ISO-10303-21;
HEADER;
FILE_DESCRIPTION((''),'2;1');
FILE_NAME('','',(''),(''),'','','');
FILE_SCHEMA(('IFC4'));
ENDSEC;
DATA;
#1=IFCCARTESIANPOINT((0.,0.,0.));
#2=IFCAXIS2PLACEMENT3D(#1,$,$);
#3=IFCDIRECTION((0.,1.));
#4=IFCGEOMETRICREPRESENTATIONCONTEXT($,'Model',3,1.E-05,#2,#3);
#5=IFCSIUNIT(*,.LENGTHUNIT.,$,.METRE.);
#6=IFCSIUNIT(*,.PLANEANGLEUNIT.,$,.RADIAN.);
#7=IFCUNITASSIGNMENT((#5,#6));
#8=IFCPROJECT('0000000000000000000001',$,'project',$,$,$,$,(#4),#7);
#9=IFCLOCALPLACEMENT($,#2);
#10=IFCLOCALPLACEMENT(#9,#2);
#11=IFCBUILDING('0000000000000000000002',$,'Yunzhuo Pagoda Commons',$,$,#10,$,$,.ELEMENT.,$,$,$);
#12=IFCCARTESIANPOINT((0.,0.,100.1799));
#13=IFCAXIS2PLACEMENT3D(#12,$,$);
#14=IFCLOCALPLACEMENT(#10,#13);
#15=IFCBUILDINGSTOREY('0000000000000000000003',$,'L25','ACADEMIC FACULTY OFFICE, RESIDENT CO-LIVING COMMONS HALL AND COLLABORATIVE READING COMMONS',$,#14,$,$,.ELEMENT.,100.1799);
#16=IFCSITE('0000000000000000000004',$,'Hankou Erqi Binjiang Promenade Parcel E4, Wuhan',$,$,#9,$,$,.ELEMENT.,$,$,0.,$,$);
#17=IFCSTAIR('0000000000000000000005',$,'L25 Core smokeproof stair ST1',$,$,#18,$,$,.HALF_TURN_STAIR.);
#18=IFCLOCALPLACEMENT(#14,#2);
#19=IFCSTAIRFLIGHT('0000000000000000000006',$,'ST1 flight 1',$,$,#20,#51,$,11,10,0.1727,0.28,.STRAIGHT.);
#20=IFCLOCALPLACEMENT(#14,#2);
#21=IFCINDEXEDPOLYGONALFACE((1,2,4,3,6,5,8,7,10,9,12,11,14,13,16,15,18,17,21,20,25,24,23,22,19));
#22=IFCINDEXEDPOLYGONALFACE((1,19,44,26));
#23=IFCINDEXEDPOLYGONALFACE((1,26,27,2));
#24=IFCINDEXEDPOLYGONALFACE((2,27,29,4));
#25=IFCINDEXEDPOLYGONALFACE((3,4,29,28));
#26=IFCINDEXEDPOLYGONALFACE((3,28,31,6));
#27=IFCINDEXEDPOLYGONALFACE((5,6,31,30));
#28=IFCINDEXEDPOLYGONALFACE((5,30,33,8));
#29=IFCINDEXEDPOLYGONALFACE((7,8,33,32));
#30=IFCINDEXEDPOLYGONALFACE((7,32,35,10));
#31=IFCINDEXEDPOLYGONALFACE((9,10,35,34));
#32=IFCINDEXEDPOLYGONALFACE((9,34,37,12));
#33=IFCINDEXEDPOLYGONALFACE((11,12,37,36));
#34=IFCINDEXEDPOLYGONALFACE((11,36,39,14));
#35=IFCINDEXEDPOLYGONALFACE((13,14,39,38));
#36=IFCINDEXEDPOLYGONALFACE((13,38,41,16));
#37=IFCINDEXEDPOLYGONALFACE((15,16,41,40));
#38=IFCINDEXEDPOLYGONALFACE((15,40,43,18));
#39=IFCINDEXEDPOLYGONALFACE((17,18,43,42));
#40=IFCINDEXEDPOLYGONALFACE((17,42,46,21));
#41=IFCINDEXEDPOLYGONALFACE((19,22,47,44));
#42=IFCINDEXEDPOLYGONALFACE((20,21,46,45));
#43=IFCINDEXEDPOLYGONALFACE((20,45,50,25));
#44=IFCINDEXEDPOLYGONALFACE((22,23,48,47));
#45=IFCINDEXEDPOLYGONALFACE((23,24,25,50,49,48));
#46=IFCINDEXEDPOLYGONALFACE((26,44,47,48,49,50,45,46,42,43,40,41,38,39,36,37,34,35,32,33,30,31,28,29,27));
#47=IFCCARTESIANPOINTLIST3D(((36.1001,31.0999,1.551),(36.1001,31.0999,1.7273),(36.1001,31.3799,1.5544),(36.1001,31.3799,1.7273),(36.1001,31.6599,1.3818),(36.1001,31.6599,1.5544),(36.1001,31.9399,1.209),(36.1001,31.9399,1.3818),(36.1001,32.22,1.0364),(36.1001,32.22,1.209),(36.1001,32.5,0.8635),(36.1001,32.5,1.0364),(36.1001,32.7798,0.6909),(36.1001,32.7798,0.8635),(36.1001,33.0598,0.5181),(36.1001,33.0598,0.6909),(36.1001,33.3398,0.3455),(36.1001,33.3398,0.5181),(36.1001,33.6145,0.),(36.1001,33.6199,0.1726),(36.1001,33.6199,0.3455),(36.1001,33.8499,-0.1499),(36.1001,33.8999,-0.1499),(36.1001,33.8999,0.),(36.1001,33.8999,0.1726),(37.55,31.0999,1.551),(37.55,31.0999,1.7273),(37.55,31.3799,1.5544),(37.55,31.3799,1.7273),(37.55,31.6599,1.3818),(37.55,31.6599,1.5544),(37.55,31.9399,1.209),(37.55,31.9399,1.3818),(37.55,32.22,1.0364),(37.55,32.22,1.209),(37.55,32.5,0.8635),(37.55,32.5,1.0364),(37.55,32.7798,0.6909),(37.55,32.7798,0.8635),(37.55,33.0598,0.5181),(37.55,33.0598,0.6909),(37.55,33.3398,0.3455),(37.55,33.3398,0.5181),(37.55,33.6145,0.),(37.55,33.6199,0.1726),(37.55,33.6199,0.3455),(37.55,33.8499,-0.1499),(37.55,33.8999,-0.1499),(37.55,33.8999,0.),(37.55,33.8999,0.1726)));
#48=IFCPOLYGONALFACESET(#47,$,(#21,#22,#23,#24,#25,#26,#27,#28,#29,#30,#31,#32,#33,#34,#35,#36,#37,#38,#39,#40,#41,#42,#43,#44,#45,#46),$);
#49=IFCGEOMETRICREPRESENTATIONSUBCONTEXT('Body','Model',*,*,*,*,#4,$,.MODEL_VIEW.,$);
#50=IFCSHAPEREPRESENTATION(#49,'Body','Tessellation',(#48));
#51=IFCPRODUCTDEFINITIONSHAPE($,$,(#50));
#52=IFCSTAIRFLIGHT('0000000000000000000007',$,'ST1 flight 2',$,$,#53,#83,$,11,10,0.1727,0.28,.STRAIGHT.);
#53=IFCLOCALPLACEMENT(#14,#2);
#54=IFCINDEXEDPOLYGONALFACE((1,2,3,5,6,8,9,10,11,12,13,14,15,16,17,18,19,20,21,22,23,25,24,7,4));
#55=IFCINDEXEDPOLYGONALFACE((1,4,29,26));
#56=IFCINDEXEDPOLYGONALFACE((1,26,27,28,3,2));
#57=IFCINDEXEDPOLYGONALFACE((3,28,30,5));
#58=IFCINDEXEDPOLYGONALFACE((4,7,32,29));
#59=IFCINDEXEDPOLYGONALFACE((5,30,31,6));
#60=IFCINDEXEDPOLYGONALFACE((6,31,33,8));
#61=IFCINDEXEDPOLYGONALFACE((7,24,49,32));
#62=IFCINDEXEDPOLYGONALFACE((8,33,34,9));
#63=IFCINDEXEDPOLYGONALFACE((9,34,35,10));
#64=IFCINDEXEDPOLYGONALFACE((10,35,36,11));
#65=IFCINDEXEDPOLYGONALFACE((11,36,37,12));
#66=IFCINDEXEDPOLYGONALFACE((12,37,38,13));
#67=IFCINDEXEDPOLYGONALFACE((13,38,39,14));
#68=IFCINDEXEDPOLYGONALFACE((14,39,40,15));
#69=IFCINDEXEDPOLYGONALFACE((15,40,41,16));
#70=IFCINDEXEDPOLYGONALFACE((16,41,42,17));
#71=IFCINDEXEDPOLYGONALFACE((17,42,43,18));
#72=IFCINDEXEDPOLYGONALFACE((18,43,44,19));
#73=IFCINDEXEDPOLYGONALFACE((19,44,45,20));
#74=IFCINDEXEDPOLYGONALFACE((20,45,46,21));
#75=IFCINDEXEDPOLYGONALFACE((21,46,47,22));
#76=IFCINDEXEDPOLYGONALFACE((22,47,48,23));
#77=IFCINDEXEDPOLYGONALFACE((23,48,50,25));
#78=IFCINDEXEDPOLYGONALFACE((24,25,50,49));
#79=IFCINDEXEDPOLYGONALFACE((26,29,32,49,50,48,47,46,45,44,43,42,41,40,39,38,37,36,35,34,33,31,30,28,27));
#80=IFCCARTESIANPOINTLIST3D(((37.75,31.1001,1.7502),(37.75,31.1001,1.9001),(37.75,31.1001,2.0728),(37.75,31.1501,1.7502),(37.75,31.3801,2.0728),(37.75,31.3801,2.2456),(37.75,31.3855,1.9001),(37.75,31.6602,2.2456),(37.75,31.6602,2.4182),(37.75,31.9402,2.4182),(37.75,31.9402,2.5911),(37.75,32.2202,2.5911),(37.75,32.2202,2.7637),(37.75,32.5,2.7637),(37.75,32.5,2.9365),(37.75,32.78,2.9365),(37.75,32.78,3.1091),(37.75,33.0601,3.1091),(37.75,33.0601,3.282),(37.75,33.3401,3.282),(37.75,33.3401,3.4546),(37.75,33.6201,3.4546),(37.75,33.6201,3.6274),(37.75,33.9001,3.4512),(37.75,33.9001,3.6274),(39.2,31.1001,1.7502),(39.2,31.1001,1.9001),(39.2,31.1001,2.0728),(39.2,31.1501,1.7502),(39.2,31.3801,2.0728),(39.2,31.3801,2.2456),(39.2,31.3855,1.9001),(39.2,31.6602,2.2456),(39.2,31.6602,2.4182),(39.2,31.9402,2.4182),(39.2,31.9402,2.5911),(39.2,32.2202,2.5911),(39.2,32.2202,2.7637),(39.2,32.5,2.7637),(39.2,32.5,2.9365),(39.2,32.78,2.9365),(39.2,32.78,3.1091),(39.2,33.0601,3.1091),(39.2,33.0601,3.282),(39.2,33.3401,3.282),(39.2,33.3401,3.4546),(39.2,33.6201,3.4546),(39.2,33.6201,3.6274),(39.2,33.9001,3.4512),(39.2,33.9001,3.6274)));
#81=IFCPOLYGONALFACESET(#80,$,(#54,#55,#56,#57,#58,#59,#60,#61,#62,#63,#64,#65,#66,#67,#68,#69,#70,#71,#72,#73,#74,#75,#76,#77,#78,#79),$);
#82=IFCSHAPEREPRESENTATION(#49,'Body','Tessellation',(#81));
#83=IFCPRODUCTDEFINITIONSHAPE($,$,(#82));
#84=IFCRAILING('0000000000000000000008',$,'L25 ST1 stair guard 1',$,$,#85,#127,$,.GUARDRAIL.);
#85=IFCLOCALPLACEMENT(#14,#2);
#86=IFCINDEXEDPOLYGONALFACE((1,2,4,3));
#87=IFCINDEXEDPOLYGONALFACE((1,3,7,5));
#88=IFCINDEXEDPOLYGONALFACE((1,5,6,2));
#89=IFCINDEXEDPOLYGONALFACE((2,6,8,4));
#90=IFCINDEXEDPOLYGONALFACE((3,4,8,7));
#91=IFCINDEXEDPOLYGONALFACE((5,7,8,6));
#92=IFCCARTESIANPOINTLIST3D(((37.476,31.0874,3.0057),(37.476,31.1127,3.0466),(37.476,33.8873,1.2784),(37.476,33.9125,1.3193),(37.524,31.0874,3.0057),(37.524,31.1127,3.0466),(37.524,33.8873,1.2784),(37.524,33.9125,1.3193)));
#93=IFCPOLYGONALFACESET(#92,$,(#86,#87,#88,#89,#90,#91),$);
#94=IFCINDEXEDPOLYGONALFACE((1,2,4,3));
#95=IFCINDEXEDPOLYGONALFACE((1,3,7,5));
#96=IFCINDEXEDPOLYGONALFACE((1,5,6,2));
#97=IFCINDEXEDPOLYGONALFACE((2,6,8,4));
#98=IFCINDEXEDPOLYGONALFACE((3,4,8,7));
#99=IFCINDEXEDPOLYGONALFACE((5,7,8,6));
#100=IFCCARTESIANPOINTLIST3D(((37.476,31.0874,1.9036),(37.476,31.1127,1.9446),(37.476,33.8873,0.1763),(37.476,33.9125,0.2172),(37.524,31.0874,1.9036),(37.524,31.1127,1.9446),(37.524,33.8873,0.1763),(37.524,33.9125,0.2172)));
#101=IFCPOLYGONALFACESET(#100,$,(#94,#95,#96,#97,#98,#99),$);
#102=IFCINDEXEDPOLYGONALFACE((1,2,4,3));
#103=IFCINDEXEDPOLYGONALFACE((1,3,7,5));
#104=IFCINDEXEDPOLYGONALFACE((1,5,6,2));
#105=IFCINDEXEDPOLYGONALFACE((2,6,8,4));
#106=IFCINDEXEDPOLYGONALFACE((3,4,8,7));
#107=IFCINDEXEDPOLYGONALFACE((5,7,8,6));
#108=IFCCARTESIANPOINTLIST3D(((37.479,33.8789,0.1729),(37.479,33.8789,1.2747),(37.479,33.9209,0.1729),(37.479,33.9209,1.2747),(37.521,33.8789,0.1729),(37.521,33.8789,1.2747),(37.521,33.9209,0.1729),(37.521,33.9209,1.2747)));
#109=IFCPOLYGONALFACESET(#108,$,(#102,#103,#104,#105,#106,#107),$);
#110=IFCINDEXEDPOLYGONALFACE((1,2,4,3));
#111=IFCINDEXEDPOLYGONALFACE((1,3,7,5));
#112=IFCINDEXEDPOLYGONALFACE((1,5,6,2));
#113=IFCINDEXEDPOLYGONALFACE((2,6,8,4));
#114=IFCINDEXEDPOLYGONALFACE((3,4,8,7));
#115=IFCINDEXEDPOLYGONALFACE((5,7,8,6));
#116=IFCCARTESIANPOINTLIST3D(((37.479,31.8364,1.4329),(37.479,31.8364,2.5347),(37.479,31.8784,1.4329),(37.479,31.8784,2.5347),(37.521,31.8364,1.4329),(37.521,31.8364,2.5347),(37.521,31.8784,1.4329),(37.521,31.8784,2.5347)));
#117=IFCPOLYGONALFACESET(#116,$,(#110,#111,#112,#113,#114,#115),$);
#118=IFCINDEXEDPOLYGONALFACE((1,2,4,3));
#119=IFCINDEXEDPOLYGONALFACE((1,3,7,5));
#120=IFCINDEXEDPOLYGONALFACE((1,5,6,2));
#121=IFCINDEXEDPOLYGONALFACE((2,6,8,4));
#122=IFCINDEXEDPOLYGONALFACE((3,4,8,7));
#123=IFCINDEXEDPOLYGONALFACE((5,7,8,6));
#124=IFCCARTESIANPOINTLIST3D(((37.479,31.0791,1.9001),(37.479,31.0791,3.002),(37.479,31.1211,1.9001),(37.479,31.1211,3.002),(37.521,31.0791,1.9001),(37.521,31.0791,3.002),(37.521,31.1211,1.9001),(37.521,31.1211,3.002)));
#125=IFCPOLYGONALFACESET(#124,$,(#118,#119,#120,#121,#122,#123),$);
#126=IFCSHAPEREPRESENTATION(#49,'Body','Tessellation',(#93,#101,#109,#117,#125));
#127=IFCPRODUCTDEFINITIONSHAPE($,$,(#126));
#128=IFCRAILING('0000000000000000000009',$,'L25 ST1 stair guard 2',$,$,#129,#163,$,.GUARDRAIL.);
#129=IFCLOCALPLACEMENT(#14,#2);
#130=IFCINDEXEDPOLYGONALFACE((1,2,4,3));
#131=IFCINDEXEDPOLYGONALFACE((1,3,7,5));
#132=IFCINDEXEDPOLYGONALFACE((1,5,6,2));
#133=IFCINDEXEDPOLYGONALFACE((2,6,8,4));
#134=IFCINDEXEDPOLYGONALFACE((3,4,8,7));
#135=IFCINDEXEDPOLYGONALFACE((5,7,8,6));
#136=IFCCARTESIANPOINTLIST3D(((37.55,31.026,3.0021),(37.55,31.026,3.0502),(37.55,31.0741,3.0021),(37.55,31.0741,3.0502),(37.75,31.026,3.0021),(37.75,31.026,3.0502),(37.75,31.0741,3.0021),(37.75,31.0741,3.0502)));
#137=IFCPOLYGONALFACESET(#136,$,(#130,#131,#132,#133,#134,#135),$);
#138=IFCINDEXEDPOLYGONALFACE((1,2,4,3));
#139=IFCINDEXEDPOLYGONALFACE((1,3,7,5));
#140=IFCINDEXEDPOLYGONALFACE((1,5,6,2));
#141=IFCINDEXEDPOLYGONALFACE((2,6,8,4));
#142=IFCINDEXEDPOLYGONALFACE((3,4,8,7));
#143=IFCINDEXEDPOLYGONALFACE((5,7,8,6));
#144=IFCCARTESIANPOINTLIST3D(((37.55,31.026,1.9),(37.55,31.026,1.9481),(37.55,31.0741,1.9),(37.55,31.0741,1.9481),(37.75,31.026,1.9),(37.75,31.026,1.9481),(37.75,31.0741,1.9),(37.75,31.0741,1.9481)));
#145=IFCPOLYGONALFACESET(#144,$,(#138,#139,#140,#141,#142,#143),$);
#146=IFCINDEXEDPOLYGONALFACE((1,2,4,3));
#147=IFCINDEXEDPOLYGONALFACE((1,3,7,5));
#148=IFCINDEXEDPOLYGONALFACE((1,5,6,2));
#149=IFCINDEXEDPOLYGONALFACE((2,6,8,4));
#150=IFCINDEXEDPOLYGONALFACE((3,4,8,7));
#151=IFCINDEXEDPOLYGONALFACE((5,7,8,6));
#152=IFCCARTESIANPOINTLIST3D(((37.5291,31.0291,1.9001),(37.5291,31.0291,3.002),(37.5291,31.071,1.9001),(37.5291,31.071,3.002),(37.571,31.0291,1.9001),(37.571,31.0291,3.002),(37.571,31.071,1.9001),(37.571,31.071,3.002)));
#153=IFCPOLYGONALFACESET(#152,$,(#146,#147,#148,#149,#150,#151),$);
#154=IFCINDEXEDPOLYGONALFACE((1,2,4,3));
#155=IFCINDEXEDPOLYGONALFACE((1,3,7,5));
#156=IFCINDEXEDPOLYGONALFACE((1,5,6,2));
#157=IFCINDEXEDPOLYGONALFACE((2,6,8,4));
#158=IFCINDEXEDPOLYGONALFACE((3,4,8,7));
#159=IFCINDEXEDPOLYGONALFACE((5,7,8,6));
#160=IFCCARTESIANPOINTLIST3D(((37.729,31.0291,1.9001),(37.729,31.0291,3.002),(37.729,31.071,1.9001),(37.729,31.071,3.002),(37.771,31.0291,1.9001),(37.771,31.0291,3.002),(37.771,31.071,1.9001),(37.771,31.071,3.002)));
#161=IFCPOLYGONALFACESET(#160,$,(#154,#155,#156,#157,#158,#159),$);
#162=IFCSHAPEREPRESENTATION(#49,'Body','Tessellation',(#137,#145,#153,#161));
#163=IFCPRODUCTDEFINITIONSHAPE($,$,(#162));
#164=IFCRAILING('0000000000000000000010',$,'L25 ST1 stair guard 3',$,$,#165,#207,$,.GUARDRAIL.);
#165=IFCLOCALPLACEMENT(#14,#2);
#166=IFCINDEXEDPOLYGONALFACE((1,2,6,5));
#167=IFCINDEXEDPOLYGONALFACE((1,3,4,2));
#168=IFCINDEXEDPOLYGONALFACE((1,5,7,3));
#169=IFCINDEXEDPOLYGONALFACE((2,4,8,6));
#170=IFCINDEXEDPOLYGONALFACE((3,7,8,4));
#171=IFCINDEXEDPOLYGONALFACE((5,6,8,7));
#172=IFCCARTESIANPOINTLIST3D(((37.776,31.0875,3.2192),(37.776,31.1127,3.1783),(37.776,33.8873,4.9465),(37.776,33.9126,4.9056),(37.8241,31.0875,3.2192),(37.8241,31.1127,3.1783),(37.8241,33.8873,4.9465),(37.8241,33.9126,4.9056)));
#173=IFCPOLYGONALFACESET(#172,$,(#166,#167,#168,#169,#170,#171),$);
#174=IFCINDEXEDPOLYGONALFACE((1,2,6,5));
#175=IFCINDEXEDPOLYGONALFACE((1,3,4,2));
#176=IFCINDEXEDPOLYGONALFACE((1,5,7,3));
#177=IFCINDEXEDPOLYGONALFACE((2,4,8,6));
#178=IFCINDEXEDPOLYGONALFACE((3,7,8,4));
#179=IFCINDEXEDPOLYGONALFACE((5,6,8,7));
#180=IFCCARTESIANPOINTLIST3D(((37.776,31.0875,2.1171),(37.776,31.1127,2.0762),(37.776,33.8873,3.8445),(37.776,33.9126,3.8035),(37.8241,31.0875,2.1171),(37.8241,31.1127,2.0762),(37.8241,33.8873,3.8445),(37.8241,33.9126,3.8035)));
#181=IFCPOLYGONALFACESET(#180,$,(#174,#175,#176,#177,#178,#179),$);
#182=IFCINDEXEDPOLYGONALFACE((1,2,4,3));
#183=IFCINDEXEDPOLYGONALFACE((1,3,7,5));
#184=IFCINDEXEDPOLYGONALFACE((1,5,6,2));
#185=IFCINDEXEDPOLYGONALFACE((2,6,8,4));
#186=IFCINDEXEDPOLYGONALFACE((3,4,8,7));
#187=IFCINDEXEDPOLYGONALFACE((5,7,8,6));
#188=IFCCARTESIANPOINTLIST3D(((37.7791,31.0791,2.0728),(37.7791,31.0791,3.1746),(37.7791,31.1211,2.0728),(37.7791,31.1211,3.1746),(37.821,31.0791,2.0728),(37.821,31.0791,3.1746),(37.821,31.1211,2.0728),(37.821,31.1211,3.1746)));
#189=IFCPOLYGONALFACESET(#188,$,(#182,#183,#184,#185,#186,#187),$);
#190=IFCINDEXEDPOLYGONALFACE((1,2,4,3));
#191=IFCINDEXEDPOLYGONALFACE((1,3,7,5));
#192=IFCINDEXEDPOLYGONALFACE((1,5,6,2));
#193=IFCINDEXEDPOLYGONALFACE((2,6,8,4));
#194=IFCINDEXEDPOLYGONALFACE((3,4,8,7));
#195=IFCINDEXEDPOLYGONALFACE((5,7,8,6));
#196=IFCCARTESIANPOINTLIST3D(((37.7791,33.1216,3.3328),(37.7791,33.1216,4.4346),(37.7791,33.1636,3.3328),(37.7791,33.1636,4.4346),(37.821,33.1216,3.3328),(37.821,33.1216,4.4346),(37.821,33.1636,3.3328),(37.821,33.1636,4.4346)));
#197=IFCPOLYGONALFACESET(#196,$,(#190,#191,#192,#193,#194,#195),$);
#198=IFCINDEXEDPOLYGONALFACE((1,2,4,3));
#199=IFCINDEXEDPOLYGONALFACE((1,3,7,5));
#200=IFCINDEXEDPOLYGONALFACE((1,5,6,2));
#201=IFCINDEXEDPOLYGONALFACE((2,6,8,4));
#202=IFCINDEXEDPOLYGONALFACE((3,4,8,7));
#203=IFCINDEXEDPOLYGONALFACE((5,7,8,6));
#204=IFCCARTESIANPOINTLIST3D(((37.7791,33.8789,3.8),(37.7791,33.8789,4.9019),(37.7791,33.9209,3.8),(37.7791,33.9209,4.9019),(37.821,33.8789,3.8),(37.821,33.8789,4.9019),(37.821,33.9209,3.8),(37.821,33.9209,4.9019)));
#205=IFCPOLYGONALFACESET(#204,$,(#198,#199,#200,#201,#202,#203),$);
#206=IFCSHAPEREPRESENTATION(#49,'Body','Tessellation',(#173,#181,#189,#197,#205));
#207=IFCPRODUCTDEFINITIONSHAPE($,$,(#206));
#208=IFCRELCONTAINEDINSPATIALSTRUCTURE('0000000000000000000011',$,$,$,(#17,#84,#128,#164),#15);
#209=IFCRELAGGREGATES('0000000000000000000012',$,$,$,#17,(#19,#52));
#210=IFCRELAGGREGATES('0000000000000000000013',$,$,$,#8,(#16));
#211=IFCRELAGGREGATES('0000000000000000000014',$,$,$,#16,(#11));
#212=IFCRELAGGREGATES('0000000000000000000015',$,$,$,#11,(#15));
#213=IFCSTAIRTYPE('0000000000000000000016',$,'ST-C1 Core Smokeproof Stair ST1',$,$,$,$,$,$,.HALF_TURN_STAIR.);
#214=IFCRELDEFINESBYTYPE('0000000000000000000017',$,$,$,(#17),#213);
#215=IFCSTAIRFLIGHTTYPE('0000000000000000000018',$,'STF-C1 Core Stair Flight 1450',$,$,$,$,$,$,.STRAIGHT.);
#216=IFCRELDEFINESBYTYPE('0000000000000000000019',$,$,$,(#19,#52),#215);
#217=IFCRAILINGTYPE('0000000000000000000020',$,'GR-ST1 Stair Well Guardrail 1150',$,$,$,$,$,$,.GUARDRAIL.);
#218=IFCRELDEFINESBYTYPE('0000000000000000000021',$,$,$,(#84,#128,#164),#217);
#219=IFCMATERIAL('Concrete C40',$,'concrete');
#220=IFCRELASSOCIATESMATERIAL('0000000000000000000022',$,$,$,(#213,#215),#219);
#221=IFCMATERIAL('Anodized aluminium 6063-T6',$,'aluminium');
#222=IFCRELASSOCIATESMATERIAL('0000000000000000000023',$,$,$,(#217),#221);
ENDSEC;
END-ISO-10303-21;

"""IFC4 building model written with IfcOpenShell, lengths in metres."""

from ifc_helpers import new_model, si_unit, direction, frame, origin, origin_2d, place, context, subcontext, project, spatial, polyline, rectangle, outline, extrude, source, transform, mapped, material, type_object, element, aggregate, save


model = new_model("IFC4")

# Units and contexts
model_context = context("Model", 3, precision=1e-05, world=origin(), true_north=direction((0.0, 1.0)))
body_context = subcontext(model_context, "Body", "Model", "MODEL_VIEW")
ifc_project = project(units=[si_unit("LENGTHUNIT", "METRE"), si_unit("PLANEANGLEUNIT", "RADIAN")], contexts=[model_context])

# Site, building, storey
site_placement = place(None, origin())
site = spatial("IfcSite", under=ifc_project, at=site_placement, Name="Hankou Erqi Binjiang Promenade Parcel E4, Wuhan", CompositionType="ELEMENT", RefElevation=0.0)
building_placement = place(site_placement, origin())
building = spatial("IfcBuilding", under=site, at=building_placement, Name="Yunzhuo Pagoda Commons", CompositionType="ELEMENT")
storey_placement = place(building_placement, frame((0.0, 0.0, 100.1799)))
storey = spatial("IfcBuildingStorey", under=building, at=storey_placement, Name="L25", Description="ACADEMIC FACULTY OFFICE, RESIDENT CO-LIVING COMMONS HALL AND COLLABORATIVE READING COMMONS", CompositionType="ELEMENT", Elevation=100.1799)

# Shared definitions
ifc_material_1 = material(Name="Concrete C40", Category="concrete")

# Stair, stair flights
stair_type = type_object("IfcStairType", Name="ST-C1 Core Smokeproof Stair ST1", PredefinedType="HALF_TURN_STAIR", material=ifc_material_1)
stair_placement = place(storey_placement, origin())
stair = element("IfcStair", 1, at=stair_placement, inside=storey, type_object=stair_type, Name="L25 Core smokeproof stair ST1", PredefinedType="HALF_TURN_STAIR")
stair_flight_type = type_object("IfcStairFlightType", Name="STF-C1 Core Stair Flight 1450", PredefinedType="STRAIGHT", material=ifc_material_1)
shared_shape_1 = source(origin(), body_context, "Body", "SweptSolid", [
    extrude(outline(polyline([(0.0, -0.1499), (0.0, 0.0), (0.0, 0.1726), (0.28, 0.1726), (0.28, 0.3455), (0.5601, 0.3455), (0.5601, 0.5181), (0.8401, 0.5181), (0.8401, 0.6909), (1.1201, 0.6909), (1.1201, 0.8635), (1.3999, 0.8635), (1.3999, 1.0364), (1.6799, 1.0364), (1.6799, 1.209), (1.96, 1.209), (1.96, 1.3818), (2.24, 1.3818), (2.24, 1.5544), (2.52, 1.5544), (2.52, 1.7273), (2.8, 1.7273), (2.8, 1.8999), (2.8, 1.551), (0.2854, 0.0), (0.05, -0.1499), (0.0, -0.1499)])), frame((0.0, 0.7251, 0.0), z_axis=(0.0, -1.0, 0.0), x_axis=(1.0, 0.0, 0.0)), (0.0, 0.0, 1.0), 1.45),
])
stair_flight_1_placement = place(storey_placement, frame((36.825, 33.8999, 0.0), z_axis=(0.0, 0.0, 1.0), x_axis=(0.0, -1.0, 0.0)))
stair_flight_1 = element("IfcStairFlight", 2, at=stair_flight_1_placement, type_object=stair_flight_type, Name="ST1 flight 1", NumberOfRisers=11, NumberOfTreads=10, PredefinedType="STRAIGHT", RiserHeight=0.1727, TreadLength=0.28, context=body_context, shape_type="MappedRepresentation", body=[
    mapped(shared_shape_1, transform((0.0, 0.0, 0.0), scale=1.0)),
])
stair_flight_2_placement = place(storey_placement, frame((38.4751, 31.1001, 1.9001), z_axis=(0.0, 0.0, 1.0), x_axis=(0.0, 1.0, 0.0)))
stair_flight_2 = element("IfcStairFlight", 3, at=stair_flight_2_placement, type_object=stair_flight_type, Name="ST1 flight 2", NumberOfRisers=11, NumberOfTreads=10, PredefinedType="STRAIGHT", RiserHeight=0.1727, TreadLength=0.28, context=body_context, shape_type="MappedRepresentation", body=[
    mapped(shared_shape_1, transform((0.0, 0.0, 0.0), scale=1.0)),
])
aggregate(stair, [stair_flight_1, stair_flight_2])

# Railings
ifc_material_2 = material(Name="Anodized aluminium 6063-T6", Category="aluminium")
railing_type_1 = type_object("IfcRailingType", Name="GR-ST1 Stair Well Guardrail 1150", PredefinedType="GUARDRAIL", material=ifc_material_2)
railing_1_placement = place(storey_placement, frame((37.5, 33.8999, 0.1729)))
element("IfcRailing", 4, at=railing_1_placement, inside=storey, type_object=railing_type_1, Name="L25 ST1 stair guard 1", PredefinedType="GUARDRAIL", context=body_context, shape_type="SweptSolid", body=[
    extrude(rectangle(XDim=0.0481, YDim=0.0481, at=origin_2d()), frame((0.0, 0.0, 1.126), z_axis=(0.0, -0.851069, 0.525054), x_axis=(1.0, 0.0, 0.0)), (0.0, 0.0, 1.0), 3.2898),
    extrude(rectangle(XDim=0.0481, YDim=0.0481, at=origin_2d()), frame((0.0, 0.0, 0.0239), z_axis=(0.0, -0.851069, 0.525054), x_axis=(1.0, 0.0, 0.0)), (0.0, 0.0, 1.0), 3.2898),
    extrude(rectangle(XDim=0.042, YDim=0.042, at=origin_2d()), origin(), (0.0, 0.0, 1.0), 1.1018),
    extrude(rectangle(XDim=0.042, YDim=0.042, at=origin_2d()), frame((0.0, -2.0425, 1.26)), (0.0, 0.0, 1.0), 1.1018),
    extrude(rectangle(XDim=0.042, YDim=0.042, at=origin_2d()), frame((0.0, -2.7998, 1.7273)), (0.0, 0.0, 1.0), 1.1018),
])
railing_2_placement = place(storey_placement, frame((37.55, 31.05, 1.9001)))
element("IfcRailing", 5, at=railing_2_placement, inside=storey, type_object=railing_type_1, Name="L25 ST1 stair guard 2", PredefinedType="GUARDRAIL", context=body_context, shape_type="SweptSolid", body=[
    extrude(rectangle(XDim=0.0481, YDim=0.0481, at=origin_2d()), frame((0.0, 0.0, 1.126), z_axis=(1.0, 0.0, 0.0), x_axis=(0.0, 1.0, 0.0)), (0.0, 0.0, 1.0), 0.2),
    extrude(rectangle(XDim=0.0481, YDim=0.0481, at=origin_2d()), frame((0.0, 0.0, 0.0239), z_axis=(1.0, 0.0, 0.0), x_axis=(0.0, 1.0, 0.0)), (0.0, 0.0, 1.0), 0.2),
    extrude(rectangle(XDim=0.042, YDim=0.042, at=origin_2d()), origin(), (0.0, 0.0, 1.0), 1.1018),
    extrude(rectangle(XDim=0.042, YDim=0.042, at=origin_2d()), frame((0.2, 0.0, 0.0)), (0.0, 0.0, 1.0), 1.1018),
])
railing_3_placement = place(storey_placement, frame((37.8, 31.1001, 2.0728)))
element("IfcRailing", 6, at=railing_3_placement, inside=storey, type_object=railing_type_1, Name="L25 ST1 stair guard 3", PredefinedType="GUARDRAIL", context=body_context, shape_type="SweptSolid", body=[
    extrude(rectangle(XDim=0.0481, YDim=0.0481, at=origin_2d()), frame((0.0, 0.0, 1.126), z_axis=(0.0, 0.851069, 0.525054), x_axis=(-1.0, 0.0, 0.0)), (0.0, 0.0, 1.0), 3.2898),
    extrude(rectangle(XDim=0.0481, YDim=0.0481, at=origin_2d()), frame((0.0, 0.0, 0.0239), z_axis=(0.0, 0.851069, 0.525054), x_axis=(-1.0, 0.0, 0.0)), (0.0, 0.0, 1.0), 3.2898),
    extrude(rectangle(XDim=0.042, YDim=0.042, at=origin_2d()), origin(), (0.0, 0.0, 1.0), 1.1018),
    extrude(rectangle(XDim=0.042, YDim=0.042, at=origin_2d()), frame((0.0, 2.0425, 1.26)), (0.0, 0.0, 1.0), 1.1018),
    extrude(rectangle(XDim=0.042, YDim=0.042, at=origin_2d()), frame((0.0, 2.7998, 1.7273)), (0.0, 0.0, 1.0), 1.1018),
])

save(model, "model.ifc")
